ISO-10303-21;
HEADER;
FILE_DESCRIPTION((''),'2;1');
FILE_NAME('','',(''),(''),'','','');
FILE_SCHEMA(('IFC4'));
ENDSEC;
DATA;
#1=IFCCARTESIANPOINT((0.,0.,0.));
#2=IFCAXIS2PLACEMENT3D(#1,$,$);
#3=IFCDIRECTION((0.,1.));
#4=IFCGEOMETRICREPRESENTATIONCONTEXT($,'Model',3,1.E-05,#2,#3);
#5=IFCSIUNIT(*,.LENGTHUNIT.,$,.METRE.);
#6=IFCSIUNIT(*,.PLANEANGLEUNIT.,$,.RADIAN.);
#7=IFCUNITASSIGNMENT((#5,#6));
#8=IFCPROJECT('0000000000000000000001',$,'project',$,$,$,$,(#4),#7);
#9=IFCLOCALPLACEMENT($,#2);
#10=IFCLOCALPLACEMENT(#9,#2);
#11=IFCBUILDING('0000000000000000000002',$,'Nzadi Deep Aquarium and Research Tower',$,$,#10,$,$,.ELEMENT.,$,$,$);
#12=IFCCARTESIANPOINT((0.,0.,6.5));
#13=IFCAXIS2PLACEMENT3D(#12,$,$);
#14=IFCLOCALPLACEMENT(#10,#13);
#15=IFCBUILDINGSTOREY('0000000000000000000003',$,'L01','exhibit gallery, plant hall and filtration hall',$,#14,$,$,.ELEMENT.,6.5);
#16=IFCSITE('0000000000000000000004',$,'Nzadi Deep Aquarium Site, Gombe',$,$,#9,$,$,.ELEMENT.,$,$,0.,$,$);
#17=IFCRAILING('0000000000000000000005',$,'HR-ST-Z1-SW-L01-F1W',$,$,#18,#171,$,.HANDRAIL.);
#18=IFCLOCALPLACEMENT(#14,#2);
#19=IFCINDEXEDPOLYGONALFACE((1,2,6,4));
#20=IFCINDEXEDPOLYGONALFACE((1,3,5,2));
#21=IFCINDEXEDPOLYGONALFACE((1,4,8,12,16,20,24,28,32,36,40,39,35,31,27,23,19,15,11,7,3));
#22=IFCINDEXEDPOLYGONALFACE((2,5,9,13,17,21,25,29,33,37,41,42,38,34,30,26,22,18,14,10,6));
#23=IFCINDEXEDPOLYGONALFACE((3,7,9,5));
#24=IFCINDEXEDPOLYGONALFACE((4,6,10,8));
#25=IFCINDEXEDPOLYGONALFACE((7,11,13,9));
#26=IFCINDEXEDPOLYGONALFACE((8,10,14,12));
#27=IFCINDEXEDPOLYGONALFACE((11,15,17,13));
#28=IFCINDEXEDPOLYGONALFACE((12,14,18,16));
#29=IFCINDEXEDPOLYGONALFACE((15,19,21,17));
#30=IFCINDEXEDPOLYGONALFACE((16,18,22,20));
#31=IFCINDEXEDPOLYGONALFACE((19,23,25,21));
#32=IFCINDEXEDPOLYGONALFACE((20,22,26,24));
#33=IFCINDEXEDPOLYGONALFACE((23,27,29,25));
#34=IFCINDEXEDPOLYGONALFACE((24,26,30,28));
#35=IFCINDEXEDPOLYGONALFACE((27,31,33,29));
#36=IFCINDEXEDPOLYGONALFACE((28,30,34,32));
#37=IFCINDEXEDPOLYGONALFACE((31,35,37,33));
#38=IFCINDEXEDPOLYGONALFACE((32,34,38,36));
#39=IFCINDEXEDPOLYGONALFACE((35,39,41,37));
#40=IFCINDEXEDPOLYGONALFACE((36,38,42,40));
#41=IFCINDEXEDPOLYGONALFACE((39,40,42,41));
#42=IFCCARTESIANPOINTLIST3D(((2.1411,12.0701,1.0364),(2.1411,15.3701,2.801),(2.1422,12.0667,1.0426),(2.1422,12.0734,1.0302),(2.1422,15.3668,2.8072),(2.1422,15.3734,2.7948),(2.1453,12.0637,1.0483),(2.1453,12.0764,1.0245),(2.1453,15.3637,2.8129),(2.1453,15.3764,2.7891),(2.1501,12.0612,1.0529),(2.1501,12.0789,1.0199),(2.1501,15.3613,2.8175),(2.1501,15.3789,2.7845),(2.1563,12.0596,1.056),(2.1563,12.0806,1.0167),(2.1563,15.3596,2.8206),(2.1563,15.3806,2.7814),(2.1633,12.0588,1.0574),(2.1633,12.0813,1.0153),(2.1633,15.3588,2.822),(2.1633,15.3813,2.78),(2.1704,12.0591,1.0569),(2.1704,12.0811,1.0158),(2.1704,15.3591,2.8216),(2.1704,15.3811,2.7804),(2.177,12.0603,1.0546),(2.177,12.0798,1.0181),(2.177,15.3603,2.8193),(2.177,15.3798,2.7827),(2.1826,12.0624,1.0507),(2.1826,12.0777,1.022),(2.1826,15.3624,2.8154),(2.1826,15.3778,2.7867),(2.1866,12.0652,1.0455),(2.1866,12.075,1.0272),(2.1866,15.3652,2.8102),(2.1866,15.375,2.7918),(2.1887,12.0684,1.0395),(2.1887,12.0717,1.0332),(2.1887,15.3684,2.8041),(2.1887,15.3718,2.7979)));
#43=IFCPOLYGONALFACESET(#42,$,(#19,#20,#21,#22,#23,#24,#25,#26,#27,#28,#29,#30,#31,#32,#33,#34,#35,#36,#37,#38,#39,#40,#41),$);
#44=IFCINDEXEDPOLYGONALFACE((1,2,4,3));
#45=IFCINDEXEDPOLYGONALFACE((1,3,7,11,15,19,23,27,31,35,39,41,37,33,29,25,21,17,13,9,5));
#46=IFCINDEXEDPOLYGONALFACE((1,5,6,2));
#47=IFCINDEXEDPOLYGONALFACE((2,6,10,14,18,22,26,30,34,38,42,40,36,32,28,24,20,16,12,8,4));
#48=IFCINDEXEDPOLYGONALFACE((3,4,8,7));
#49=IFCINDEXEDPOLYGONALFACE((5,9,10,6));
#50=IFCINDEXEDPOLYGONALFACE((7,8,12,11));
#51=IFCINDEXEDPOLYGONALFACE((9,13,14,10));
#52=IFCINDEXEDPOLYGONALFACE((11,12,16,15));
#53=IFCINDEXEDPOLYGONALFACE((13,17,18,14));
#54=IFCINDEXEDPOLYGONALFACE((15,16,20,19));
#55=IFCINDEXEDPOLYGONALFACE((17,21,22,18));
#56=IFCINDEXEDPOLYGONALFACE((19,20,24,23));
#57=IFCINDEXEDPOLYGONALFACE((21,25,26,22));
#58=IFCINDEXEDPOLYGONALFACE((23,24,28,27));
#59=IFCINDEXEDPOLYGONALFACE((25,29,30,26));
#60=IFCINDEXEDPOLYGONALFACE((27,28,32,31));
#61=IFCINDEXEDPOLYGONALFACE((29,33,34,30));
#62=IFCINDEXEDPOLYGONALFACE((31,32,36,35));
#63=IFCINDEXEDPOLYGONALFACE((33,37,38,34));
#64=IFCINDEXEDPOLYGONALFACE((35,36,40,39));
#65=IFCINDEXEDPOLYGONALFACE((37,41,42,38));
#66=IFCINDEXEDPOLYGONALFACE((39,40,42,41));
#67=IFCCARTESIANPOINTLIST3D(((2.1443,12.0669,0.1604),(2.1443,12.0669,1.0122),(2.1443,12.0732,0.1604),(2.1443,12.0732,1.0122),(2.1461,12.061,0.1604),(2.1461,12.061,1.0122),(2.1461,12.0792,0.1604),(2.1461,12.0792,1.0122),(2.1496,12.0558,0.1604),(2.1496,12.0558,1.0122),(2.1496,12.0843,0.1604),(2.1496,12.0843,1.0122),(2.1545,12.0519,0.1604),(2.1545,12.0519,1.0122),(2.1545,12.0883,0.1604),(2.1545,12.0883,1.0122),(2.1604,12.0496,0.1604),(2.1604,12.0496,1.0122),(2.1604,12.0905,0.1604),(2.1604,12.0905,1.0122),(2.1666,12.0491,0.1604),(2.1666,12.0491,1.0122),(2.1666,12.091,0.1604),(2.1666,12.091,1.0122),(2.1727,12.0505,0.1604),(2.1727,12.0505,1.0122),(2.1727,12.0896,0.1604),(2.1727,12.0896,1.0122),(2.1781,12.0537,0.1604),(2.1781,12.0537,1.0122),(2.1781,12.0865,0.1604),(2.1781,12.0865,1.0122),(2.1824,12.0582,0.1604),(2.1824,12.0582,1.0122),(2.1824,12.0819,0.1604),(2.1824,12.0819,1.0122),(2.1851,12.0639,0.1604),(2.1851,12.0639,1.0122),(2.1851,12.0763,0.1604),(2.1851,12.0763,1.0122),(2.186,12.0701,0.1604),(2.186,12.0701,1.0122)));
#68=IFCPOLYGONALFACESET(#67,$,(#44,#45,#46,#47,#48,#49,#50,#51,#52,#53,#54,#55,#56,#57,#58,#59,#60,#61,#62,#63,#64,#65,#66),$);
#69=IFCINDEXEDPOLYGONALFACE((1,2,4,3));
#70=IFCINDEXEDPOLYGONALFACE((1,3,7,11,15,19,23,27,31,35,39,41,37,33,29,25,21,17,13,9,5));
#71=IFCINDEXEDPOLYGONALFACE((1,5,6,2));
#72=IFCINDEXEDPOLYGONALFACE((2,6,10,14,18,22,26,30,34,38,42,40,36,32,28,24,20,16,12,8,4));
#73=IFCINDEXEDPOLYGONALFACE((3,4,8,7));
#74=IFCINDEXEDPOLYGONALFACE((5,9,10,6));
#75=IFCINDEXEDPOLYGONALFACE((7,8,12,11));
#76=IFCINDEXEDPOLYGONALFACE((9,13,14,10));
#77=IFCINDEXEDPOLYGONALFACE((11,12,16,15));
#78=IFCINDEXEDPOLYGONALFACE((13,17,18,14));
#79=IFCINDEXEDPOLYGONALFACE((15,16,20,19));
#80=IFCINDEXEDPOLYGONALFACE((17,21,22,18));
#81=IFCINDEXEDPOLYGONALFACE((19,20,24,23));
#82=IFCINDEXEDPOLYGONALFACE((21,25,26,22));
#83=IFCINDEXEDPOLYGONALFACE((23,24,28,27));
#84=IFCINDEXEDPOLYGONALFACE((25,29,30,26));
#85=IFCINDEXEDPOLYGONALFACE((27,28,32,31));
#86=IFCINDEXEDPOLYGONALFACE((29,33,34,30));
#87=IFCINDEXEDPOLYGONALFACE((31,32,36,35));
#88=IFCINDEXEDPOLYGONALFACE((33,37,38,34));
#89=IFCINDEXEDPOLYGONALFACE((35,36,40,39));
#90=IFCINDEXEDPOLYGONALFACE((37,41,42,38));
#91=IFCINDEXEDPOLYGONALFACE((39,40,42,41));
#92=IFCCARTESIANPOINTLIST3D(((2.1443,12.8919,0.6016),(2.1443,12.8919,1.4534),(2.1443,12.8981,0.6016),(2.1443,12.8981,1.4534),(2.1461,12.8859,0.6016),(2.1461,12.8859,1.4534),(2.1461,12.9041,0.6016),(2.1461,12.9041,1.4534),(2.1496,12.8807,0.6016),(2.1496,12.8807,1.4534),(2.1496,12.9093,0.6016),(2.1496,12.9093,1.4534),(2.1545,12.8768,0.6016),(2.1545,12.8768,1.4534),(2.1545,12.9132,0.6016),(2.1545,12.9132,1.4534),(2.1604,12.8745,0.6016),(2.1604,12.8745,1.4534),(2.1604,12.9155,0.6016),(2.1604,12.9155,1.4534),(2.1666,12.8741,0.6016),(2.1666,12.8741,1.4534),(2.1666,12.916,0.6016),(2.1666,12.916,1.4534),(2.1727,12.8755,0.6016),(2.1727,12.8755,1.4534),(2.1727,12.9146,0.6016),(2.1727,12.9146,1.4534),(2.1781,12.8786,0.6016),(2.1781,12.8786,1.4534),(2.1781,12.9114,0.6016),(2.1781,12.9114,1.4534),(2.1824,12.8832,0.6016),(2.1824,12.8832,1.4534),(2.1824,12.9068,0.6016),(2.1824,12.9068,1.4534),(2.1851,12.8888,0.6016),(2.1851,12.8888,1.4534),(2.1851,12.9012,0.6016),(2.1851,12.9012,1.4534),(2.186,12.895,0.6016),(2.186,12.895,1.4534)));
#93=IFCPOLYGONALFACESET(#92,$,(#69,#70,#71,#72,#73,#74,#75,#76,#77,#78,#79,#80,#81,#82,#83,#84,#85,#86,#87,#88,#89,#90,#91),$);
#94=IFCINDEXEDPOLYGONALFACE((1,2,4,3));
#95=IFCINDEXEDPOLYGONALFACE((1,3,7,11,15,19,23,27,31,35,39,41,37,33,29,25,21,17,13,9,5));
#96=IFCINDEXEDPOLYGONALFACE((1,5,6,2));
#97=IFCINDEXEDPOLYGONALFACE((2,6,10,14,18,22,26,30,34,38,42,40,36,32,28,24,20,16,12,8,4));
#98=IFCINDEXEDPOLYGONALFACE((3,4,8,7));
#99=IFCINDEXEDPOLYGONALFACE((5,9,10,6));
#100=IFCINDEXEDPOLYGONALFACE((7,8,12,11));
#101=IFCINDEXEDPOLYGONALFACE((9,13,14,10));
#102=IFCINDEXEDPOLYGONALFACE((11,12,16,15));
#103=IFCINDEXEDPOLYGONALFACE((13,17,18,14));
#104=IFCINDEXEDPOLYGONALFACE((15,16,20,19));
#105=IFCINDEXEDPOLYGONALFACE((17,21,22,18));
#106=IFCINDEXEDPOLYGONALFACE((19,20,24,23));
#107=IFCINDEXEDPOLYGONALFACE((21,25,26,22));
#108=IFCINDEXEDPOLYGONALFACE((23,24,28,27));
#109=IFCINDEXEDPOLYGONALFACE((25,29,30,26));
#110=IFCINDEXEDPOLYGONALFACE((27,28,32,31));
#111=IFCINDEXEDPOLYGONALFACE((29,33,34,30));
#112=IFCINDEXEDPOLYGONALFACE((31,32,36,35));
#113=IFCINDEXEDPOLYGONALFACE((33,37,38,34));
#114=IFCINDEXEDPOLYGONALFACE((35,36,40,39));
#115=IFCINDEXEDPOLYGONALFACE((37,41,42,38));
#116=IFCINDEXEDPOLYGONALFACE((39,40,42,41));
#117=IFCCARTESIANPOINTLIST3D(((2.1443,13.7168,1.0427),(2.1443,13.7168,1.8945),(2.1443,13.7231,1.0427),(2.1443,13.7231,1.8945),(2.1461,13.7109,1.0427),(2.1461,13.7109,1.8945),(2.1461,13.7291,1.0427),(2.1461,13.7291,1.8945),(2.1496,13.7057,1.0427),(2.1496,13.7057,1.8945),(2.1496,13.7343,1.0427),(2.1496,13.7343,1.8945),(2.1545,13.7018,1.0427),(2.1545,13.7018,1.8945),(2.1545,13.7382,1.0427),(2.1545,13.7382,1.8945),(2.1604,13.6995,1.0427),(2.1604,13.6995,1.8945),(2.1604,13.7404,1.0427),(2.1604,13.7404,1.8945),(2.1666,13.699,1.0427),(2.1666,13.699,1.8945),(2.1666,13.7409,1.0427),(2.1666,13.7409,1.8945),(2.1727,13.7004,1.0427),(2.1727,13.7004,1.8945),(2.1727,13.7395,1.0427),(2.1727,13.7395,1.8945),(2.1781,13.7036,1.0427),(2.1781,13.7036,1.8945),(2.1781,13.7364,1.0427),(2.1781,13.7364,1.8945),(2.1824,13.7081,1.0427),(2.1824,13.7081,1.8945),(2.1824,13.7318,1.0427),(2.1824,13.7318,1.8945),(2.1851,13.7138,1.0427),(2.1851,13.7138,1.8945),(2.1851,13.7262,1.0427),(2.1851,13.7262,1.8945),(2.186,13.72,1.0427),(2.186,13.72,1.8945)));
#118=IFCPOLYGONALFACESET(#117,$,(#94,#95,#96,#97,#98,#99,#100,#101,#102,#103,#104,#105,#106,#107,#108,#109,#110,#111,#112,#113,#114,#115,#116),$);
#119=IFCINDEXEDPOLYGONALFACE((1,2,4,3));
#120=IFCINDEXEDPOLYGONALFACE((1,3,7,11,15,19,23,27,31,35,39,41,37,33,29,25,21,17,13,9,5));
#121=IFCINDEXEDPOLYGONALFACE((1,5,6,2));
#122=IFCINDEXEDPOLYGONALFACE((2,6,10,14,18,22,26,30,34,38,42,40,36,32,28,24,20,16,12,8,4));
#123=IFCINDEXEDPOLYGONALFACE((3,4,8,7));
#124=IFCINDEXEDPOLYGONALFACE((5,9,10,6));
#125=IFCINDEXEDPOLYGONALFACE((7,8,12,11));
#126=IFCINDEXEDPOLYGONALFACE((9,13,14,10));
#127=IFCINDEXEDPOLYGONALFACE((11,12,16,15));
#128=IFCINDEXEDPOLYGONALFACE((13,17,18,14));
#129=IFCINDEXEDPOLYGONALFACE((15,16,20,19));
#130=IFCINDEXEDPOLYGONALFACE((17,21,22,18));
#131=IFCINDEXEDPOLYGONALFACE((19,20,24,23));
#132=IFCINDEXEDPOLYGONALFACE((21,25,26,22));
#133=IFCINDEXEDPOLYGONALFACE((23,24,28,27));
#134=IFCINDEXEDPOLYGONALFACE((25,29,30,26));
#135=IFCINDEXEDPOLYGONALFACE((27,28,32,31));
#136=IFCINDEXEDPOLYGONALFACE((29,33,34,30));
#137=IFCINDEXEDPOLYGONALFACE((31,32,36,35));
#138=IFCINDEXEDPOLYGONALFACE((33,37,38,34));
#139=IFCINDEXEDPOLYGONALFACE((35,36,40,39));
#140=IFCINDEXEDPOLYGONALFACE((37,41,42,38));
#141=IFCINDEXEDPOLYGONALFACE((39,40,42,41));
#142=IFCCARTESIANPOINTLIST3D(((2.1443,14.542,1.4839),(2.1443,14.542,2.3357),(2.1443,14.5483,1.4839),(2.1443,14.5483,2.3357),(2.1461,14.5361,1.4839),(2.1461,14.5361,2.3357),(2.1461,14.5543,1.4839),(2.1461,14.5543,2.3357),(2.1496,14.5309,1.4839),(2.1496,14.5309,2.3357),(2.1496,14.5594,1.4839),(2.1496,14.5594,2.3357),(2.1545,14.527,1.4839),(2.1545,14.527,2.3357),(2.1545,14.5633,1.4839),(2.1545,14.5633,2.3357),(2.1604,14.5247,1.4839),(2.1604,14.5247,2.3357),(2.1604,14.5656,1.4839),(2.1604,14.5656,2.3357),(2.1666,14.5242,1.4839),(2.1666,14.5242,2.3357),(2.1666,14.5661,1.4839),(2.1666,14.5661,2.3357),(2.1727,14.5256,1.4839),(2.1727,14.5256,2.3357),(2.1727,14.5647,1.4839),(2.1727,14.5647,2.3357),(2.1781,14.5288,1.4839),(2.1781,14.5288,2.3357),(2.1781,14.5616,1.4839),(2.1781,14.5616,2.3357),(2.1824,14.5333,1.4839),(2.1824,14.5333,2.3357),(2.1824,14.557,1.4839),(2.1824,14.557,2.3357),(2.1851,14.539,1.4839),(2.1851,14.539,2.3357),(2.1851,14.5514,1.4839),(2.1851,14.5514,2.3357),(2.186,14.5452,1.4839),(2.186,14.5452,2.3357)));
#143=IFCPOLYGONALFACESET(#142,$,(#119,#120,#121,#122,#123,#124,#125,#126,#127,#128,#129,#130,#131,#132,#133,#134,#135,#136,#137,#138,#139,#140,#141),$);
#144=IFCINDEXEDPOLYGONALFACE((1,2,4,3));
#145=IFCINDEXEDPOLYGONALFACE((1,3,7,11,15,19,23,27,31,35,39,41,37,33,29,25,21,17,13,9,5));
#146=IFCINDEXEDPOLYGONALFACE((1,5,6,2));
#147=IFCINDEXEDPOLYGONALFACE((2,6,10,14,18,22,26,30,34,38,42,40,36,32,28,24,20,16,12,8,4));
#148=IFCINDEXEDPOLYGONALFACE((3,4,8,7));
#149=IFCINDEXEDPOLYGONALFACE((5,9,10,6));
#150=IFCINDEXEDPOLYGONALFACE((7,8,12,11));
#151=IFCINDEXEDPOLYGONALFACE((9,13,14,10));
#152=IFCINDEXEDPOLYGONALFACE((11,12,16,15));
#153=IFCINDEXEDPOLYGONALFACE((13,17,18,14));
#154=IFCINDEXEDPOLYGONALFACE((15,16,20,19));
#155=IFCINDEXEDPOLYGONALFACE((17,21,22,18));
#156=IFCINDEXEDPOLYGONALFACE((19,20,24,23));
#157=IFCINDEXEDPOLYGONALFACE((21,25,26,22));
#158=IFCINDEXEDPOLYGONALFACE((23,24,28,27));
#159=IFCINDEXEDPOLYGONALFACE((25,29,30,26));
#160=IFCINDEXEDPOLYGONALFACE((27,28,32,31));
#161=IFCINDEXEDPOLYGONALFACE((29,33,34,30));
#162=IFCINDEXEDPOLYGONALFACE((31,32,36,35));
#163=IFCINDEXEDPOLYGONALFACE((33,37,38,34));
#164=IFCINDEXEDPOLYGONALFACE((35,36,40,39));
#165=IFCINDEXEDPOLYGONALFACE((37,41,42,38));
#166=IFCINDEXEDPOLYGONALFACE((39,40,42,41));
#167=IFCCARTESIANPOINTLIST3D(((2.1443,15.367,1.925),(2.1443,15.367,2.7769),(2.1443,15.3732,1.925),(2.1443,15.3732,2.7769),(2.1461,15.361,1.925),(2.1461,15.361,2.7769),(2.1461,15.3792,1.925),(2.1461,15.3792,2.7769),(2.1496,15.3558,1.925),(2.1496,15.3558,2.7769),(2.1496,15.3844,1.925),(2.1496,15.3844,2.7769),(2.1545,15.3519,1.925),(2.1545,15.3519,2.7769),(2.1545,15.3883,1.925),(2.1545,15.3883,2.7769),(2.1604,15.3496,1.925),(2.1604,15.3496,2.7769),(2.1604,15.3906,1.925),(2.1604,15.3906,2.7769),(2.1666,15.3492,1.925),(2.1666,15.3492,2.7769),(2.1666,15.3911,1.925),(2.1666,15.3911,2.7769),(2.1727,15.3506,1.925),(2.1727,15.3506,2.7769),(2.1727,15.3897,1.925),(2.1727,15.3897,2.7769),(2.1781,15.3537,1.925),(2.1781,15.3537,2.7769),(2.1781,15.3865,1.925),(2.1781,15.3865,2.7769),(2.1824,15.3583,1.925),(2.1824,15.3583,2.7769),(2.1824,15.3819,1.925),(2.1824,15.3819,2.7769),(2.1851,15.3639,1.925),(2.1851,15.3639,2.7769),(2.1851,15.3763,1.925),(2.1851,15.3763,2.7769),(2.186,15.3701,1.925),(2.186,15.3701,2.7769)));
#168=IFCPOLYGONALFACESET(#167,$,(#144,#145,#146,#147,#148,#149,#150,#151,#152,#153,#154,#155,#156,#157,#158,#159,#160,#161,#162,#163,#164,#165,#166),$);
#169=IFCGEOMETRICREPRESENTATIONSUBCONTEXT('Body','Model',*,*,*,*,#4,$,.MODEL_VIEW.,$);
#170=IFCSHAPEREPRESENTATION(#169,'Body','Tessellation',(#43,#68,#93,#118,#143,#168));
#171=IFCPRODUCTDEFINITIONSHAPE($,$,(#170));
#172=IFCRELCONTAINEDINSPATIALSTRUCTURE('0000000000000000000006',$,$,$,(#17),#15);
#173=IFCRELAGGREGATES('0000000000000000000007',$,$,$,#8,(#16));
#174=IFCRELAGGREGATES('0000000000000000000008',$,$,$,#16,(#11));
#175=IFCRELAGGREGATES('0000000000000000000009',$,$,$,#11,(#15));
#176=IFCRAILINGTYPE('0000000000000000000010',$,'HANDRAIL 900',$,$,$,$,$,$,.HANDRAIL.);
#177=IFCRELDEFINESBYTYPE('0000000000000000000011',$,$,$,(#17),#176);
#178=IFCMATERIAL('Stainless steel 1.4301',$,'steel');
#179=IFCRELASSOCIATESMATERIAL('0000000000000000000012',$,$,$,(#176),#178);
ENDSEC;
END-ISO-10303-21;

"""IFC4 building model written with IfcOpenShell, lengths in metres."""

from ifc_helpers import new_model, si_unit, direction, frame, origin, origin_2d, place, context, subcontext, project, spatial, circle, extrude, material, type_object, element, save


model = new_model("IFC4")

# Units and contexts
model_context = context("Model", 3, precision=1e-05, world=origin(), true_north=direction((0.0, 1.0)))
body_context = subcontext(model_context, "Body", "Model", "MODEL_VIEW")
ifc_project = project(units=[si_unit("LENGTHUNIT", "METRE"), si_unit("PLANEANGLEUNIT", "RADIAN")], contexts=[model_context])

# Site, building, storey
site_placement = place(None, origin())
site = spatial("IfcSite", under=ifc_project, at=site_placement, Name="Nzadi Deep Aquarium Site, Gombe", CompositionType="ELEMENT", RefElevation=0.0)
building_placement = place(site_placement, origin())
building = spatial("IfcBuilding", under=site, at=building_placement, Name="Nzadi Deep Aquarium and Research Tower", CompositionType="ELEMENT")
storey_placement = place(building_placement, frame((0.0, 0.0, 6.5)))
storey = spatial("IfcBuildingStorey", under=building, at=storey_placement, Name="L01", Description="exhibit gallery, plant hall and filtration hall", CompositionType="ELEMENT", Elevation=6.5)

# Railing
ifc_material_1 = material(Name="Stainless steel 1.4301", Category="steel")
railing_type = type_object("IfcRailingType", Name="HANDRAIL 900", PredefinedType="HANDRAIL", material=ifc_material_1)
for number, where, name in (
    (1, (2.165, 12.0701, 0.1604), "HR-ST-Z1-SW-L01-F1W"),
):
    element("IfcRailing", number, at=place(storey_placement, frame(where)), inside=storey, type_object=railing_type, Name=name, PredefinedType="HANDRAIL", context=body_context, shape_type="SweptSolid", body=[
        extrude(circle(Radius=0.0239, at=origin_2d()), frame((0.0, 0.0, 0.876), z_axis=(0.0, 0.88184, 0.47155), x_axis=(-1.0, 0.0, 0.0)), (0.0, 0.0, 1.0), 3.7422),
        extrude(circle(Radius=0.021, at=origin_2d()), origin(), (0.0, 0.0, 1.0), 0.8518),
        extrude(circle(Radius=0.021, at=origin_2d()), frame((0.0, 0.825, 0.4412)), (0.0, 0.0, 1.0), 0.8518),
        extrude(circle(Radius=0.021, at=origin_2d()), frame((0.0, 1.6499, 0.8823)), (0.0, 0.0, 1.0), 0.8518),
        extrude(circle(Radius=0.021, at=origin_2d()), frame((0.0, 2.4751, 1.3235)), (0.0, 0.0, 1.0), 0.8518),
        extrude(circle(Radius=0.021, at=origin_2d()), frame((0.0, 3.3, 1.7646)), (0.0, 0.0, 1.0), 0.8518),
    ])

save(model, "model.ifc")
